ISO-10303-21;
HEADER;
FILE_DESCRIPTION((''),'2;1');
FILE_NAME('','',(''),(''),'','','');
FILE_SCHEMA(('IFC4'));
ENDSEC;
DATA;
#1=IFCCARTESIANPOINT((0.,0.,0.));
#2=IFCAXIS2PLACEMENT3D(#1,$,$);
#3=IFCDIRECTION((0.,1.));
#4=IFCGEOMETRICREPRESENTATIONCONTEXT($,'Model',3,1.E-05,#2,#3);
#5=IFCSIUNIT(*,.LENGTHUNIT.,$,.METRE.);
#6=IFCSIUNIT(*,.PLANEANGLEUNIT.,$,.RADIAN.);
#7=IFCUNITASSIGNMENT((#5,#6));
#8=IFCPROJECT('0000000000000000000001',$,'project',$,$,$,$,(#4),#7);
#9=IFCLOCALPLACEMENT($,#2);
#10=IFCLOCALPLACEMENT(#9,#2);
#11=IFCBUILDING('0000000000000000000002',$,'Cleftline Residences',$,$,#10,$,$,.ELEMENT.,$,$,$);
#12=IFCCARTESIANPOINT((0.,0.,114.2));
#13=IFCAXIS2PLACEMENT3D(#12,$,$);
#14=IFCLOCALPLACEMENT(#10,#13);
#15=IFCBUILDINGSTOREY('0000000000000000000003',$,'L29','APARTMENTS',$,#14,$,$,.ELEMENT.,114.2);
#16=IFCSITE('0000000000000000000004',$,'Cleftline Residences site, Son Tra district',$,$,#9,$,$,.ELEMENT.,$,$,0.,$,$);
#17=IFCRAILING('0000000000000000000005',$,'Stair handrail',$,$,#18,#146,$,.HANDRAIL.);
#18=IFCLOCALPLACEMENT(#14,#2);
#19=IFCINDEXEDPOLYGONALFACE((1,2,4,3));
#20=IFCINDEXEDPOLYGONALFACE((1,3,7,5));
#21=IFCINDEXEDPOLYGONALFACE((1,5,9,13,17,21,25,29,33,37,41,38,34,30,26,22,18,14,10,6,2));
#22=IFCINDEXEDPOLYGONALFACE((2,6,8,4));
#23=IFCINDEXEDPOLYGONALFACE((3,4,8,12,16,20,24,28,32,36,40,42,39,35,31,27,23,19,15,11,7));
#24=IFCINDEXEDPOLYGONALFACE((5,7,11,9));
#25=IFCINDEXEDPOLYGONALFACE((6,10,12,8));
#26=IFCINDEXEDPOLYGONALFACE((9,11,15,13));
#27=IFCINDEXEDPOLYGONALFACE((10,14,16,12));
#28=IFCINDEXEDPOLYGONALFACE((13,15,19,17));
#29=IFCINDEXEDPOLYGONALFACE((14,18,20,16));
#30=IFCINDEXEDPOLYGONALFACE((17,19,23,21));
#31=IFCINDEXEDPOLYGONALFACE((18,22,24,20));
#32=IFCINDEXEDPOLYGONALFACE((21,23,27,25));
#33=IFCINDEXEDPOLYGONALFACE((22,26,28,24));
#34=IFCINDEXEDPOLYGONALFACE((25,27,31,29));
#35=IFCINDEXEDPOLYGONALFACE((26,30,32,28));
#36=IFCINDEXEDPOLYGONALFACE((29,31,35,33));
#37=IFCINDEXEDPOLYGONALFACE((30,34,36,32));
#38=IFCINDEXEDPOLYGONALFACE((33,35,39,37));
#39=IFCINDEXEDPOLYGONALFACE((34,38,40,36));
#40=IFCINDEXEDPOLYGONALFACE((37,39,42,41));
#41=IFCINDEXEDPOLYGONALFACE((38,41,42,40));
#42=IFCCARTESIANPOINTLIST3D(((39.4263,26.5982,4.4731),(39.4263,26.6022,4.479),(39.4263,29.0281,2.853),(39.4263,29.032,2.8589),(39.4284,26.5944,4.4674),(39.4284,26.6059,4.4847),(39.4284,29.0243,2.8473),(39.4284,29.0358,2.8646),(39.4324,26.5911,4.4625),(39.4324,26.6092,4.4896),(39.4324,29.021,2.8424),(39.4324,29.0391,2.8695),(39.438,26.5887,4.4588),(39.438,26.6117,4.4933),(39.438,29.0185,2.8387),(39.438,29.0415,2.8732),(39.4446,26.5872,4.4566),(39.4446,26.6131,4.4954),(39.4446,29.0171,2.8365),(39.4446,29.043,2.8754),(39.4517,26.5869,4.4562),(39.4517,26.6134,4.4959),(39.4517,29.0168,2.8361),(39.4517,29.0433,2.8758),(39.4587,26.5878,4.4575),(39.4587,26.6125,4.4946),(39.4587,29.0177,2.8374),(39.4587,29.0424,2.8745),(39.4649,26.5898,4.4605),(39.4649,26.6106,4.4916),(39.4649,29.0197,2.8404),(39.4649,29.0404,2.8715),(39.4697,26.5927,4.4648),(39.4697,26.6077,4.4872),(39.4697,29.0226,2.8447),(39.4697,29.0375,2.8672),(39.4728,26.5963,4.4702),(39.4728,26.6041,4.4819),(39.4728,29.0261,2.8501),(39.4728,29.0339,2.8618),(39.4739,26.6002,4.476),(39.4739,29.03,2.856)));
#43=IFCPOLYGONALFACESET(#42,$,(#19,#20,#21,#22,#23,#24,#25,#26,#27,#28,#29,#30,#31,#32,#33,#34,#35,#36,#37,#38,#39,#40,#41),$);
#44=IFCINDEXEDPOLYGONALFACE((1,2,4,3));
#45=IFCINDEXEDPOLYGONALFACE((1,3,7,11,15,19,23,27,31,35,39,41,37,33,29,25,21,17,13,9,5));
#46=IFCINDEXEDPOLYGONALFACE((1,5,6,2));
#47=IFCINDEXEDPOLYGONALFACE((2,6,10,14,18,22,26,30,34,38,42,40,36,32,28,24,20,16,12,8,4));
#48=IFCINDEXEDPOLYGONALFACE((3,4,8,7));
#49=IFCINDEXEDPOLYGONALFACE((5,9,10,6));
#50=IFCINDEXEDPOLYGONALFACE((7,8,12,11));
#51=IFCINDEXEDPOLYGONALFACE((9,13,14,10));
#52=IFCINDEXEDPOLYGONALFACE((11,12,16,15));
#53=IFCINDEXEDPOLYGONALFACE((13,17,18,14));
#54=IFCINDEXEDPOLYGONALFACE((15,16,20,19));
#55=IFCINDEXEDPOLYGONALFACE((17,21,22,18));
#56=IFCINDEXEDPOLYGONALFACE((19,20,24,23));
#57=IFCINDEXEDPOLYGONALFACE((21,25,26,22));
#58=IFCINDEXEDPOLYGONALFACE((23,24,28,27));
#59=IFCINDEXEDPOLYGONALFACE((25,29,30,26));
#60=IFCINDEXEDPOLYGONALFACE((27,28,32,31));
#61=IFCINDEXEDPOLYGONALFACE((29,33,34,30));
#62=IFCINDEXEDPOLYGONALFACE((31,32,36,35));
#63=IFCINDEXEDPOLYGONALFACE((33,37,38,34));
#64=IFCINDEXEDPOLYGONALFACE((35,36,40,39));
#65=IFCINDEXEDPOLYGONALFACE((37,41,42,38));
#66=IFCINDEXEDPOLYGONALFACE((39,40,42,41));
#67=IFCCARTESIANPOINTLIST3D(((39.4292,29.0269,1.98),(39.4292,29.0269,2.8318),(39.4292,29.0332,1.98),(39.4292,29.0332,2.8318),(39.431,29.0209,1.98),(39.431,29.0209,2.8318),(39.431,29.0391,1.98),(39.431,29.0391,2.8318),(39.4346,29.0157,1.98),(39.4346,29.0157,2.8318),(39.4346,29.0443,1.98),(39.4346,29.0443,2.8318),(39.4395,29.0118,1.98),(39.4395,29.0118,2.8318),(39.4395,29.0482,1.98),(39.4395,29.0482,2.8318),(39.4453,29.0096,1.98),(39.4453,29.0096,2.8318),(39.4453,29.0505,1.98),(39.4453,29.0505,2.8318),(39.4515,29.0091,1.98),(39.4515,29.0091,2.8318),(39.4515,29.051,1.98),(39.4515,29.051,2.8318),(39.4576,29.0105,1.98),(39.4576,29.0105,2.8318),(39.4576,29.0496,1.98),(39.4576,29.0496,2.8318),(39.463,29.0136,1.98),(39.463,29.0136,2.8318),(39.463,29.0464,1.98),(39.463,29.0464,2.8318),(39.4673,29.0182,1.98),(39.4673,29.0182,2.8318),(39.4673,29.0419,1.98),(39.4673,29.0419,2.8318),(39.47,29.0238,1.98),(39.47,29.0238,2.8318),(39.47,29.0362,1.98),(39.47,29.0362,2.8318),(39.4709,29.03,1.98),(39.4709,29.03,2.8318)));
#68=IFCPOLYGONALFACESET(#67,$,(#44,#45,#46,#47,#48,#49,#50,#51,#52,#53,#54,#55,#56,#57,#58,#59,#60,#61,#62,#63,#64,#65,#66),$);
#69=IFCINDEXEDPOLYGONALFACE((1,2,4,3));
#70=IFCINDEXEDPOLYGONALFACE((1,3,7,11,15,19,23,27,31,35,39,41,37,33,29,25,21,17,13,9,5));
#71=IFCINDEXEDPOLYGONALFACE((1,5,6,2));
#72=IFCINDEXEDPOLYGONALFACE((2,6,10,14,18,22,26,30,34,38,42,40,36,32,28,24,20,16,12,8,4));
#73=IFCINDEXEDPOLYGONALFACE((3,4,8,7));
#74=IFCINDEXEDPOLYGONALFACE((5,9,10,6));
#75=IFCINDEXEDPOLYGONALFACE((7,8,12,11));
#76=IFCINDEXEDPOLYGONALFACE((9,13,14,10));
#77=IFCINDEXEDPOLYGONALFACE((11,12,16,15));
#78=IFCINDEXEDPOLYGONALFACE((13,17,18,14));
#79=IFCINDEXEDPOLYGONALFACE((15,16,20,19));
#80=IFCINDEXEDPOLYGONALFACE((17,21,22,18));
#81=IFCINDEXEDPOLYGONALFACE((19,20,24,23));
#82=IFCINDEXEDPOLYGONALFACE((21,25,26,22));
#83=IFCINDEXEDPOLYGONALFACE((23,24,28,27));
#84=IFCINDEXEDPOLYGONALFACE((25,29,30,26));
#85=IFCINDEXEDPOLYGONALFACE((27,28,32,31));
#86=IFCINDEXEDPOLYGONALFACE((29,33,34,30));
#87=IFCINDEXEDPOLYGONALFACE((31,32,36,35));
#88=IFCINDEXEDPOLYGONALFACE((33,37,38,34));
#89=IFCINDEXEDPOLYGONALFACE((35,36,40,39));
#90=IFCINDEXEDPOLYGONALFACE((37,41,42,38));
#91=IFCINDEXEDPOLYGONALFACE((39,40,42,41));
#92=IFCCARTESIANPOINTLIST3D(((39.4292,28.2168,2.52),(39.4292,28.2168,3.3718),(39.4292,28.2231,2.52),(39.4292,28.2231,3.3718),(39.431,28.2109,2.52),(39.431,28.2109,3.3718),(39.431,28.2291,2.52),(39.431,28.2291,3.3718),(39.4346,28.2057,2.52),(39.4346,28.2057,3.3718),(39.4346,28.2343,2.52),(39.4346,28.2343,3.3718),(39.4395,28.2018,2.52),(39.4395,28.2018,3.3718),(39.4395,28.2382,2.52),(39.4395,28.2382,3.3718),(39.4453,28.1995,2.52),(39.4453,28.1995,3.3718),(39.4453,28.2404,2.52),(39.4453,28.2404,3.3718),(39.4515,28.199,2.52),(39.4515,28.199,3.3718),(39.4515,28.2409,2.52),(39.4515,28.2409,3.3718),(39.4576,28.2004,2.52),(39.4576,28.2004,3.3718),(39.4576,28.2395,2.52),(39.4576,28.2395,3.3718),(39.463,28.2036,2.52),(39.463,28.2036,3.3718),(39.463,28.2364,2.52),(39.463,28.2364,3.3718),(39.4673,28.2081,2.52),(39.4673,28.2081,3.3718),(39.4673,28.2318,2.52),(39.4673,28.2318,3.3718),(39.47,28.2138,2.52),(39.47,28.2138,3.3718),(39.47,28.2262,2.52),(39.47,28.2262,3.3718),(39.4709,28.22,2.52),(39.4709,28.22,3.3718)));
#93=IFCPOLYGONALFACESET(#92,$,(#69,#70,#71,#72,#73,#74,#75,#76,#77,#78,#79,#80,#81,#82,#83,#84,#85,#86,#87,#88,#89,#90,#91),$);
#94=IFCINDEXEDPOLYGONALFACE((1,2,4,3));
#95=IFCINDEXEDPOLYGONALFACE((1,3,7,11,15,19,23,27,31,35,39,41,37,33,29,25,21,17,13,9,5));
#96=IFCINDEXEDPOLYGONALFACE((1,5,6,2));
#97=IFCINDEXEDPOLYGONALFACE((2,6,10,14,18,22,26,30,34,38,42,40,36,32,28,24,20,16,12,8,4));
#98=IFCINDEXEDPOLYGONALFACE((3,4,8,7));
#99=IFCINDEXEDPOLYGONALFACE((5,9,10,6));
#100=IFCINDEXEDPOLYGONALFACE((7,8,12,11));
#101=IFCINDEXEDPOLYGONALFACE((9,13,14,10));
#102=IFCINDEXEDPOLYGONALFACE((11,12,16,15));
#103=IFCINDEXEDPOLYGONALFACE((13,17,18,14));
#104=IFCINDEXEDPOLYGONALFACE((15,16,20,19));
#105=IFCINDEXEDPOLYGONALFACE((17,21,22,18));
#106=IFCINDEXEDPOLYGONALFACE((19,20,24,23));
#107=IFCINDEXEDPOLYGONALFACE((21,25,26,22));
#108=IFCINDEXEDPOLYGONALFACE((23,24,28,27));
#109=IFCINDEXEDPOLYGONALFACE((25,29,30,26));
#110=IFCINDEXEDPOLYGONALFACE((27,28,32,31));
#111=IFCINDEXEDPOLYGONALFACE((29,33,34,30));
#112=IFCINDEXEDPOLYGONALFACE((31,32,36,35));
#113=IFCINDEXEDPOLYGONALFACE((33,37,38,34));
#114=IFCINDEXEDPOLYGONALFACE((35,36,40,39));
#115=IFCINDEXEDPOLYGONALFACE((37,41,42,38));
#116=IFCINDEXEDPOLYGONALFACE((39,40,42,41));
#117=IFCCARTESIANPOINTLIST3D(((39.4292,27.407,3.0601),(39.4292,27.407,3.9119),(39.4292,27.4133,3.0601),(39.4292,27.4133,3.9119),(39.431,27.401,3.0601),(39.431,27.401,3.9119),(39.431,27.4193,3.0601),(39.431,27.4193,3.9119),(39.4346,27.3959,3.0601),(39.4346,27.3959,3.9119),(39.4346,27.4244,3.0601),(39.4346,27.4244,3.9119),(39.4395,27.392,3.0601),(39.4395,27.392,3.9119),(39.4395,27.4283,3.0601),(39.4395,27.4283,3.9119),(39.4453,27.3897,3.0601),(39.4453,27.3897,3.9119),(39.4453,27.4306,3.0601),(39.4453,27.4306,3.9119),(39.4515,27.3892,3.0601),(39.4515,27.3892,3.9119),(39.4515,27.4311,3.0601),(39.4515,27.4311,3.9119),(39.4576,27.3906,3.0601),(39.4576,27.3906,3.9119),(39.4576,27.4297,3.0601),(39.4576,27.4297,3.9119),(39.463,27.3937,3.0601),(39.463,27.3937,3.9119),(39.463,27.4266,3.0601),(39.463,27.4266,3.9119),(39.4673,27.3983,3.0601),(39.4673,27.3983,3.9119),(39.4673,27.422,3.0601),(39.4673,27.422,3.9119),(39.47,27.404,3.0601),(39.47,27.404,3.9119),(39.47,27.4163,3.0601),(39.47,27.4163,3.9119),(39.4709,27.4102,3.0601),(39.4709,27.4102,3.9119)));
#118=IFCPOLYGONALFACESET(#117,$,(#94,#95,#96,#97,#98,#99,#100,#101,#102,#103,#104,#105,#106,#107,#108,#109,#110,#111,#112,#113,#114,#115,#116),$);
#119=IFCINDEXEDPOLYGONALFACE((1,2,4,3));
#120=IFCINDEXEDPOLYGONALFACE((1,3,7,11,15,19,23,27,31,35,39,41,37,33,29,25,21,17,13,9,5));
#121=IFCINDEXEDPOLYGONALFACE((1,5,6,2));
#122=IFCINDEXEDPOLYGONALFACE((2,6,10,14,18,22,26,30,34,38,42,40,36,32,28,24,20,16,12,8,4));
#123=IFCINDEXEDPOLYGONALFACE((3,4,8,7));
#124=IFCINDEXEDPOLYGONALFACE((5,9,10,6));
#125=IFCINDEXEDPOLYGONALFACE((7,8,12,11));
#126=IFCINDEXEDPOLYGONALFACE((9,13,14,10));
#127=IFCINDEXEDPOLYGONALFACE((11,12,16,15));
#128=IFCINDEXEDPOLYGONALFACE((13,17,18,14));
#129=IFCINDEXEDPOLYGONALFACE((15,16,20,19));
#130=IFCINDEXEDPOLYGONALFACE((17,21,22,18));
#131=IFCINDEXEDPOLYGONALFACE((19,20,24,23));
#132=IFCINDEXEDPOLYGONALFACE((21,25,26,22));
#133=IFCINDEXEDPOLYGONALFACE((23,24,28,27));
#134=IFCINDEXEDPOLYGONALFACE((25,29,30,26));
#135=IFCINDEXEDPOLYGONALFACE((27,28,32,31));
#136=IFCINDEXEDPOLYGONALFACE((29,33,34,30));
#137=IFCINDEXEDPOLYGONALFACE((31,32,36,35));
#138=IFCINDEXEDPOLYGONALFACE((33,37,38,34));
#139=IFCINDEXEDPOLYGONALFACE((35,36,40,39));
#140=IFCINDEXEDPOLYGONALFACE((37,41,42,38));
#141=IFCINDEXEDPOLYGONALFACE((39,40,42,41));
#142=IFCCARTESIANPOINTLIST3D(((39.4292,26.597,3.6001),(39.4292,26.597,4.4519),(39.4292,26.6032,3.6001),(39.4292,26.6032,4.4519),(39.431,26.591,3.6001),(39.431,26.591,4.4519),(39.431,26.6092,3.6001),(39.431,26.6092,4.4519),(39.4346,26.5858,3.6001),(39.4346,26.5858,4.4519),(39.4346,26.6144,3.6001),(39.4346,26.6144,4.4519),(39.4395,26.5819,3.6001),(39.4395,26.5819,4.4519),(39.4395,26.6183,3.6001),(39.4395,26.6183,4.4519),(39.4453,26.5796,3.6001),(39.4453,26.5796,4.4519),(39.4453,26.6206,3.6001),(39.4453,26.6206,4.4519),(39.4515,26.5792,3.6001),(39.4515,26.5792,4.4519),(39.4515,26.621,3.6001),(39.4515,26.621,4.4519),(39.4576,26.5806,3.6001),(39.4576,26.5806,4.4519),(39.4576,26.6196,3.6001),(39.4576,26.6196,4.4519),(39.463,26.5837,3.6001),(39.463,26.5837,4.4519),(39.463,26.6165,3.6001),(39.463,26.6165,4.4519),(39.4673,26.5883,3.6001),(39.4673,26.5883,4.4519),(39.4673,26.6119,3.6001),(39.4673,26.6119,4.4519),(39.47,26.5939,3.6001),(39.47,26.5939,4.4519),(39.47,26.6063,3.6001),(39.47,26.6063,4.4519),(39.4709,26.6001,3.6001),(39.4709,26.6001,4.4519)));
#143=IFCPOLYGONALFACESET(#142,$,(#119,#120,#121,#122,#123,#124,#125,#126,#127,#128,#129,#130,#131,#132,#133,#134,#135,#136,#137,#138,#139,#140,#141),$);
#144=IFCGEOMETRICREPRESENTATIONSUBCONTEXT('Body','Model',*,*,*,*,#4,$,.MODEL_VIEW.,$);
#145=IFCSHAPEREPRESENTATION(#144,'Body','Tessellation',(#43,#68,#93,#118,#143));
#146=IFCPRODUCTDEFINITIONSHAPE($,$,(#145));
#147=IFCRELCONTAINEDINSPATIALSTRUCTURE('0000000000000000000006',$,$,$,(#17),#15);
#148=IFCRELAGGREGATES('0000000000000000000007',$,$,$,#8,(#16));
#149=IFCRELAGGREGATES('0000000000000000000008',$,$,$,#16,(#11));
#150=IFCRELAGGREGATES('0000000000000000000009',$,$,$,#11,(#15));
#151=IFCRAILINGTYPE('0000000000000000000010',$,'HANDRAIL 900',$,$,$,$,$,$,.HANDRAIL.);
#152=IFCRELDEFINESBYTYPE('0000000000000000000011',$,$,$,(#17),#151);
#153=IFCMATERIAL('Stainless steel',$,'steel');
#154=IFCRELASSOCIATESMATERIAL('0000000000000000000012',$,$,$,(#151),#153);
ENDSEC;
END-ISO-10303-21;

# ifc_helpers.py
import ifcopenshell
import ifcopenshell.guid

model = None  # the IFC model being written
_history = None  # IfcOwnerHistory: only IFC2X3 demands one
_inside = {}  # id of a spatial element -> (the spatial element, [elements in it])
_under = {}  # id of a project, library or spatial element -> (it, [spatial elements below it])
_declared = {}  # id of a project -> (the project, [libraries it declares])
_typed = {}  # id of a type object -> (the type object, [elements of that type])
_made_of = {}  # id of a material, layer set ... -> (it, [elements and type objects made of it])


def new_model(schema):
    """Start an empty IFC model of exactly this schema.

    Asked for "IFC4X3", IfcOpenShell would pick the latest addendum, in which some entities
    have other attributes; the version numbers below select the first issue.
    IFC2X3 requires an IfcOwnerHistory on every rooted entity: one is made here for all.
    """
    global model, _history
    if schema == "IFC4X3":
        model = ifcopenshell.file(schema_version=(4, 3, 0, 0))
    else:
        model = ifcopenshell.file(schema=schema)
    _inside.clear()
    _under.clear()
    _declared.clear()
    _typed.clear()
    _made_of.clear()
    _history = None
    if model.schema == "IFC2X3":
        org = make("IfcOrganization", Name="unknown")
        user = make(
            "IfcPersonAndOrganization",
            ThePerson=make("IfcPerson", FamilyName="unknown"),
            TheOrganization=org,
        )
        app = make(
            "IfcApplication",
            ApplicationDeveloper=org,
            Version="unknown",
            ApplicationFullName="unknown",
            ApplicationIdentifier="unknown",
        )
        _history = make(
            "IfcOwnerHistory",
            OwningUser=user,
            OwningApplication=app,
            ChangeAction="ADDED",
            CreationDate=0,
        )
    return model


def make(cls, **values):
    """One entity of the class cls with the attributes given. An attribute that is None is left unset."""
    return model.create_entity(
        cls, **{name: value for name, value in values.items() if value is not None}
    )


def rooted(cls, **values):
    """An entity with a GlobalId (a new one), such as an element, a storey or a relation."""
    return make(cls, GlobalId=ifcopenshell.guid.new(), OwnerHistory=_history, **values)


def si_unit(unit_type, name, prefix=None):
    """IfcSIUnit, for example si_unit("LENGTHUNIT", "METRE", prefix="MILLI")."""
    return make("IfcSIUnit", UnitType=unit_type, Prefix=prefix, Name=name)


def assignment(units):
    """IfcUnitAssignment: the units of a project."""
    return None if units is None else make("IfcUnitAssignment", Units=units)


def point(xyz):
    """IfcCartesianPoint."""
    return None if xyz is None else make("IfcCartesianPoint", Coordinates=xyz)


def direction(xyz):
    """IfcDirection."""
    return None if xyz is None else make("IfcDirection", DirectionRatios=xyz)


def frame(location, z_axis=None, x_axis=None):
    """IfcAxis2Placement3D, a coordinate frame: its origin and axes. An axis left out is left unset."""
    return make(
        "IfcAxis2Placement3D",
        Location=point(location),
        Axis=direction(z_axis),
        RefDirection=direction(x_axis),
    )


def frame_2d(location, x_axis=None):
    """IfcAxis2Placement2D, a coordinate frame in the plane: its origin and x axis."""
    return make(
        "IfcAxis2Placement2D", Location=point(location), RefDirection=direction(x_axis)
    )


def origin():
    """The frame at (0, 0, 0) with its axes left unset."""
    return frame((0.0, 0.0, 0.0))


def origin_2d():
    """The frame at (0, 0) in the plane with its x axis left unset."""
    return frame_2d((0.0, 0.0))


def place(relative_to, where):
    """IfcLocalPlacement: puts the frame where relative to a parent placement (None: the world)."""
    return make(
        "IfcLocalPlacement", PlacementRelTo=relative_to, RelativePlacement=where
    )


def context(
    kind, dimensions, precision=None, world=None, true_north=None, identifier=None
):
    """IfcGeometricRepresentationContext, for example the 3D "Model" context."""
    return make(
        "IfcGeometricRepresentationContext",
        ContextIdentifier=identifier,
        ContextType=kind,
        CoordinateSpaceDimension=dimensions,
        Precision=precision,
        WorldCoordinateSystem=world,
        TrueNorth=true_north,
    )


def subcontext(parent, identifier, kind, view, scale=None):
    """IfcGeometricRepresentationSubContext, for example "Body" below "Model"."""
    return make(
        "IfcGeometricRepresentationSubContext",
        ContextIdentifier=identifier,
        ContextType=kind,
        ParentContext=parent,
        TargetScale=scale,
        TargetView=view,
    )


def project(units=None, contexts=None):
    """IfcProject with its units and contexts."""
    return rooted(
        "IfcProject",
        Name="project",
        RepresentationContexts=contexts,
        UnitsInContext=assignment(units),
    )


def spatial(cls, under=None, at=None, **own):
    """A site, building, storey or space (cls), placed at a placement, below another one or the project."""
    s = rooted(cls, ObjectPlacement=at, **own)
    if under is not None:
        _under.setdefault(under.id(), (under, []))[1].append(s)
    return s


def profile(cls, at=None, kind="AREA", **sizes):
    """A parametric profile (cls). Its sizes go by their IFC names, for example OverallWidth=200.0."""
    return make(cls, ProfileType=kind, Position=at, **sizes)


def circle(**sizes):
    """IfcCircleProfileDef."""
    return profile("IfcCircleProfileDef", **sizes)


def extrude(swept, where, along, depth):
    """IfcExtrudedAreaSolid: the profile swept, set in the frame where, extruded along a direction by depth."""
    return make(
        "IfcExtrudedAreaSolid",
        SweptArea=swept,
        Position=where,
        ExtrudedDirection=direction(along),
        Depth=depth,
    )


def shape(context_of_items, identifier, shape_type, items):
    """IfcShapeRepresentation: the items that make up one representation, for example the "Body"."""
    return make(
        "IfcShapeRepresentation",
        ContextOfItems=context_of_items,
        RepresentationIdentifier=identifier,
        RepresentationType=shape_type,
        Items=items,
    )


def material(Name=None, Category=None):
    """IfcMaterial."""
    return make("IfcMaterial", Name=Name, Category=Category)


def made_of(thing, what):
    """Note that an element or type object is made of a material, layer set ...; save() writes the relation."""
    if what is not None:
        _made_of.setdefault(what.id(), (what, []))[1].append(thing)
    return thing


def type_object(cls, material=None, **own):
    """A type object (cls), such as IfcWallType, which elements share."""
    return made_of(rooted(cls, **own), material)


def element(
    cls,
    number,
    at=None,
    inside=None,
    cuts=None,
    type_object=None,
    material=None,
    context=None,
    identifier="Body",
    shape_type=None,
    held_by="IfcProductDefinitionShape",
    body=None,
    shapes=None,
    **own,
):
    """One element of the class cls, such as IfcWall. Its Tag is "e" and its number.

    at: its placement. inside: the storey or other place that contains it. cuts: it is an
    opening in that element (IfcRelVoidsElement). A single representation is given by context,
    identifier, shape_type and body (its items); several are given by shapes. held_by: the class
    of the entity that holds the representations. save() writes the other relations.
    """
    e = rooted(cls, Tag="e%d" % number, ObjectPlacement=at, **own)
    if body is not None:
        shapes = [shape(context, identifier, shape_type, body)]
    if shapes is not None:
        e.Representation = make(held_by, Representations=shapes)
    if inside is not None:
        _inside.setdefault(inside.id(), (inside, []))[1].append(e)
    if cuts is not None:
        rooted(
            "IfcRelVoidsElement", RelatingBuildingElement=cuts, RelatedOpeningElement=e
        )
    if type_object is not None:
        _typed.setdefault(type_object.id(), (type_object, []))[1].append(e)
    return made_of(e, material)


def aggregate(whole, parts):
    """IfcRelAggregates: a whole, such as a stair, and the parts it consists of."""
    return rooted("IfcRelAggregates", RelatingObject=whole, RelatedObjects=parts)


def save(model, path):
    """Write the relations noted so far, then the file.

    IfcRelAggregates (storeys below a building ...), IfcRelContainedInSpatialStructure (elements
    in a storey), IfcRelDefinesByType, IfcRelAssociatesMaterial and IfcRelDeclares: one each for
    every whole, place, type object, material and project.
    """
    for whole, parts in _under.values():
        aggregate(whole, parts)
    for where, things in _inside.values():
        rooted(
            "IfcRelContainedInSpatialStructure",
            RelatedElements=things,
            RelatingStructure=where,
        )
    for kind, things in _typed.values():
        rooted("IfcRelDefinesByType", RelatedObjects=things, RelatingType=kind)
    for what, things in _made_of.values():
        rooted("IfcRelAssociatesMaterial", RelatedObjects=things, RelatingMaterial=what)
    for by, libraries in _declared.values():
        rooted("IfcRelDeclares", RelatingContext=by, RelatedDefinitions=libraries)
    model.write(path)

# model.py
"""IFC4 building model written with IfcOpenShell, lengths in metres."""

from ifc_helpers import new_model, si_unit, direction, frame, origin, origin_2d, place, context, subcontext, project, spatial, circle, extrude, material, type_object, element, save


model = new_model("IFC4")

# Units and contexts
model_context = context("Model", 3, precision=1e-05, world=origin(), true_north=direction((0.0, 1.0)))
body_context = subcontext(model_context, "Body", "Model", "MODEL_VIEW")
ifc_project = project(units=[si_unit("LENGTHUNIT", "METRE"), si_unit("PLANEANGLEUNIT", "RADIAN")], contexts=[model_context])

# Site, building, storey
site_placement = place(None, origin())
site = spatial("IfcSite", under=ifc_project, at=site_placement, Name="Cleftline Residences site, Son Tra district", CompositionType="ELEMENT", RefElevation=0.0)
building_placement = place(site_placement, origin())
building = spatial("IfcBuilding", under=site, at=building_placement, Name="Cleftline Residences", CompositionType="ELEMENT")
storey_placement = place(building_placement, frame((0.0, 0.0, 114.2)))
storey = spatial("IfcBuildingStorey", under=building, at=storey_placement, Name="L29", Description="APARTMENTS", CompositionType="ELEMENT", Elevation=114.2)

# Railing
ifc_material_1 = material(Name="Stainless steel", Category="steel")
railing_type = type_object("IfcRailingType", Name="HANDRAIL 900", PredefinedType="HANDRAIL", material=ifc_material_1)
railing_1_placement = place(storey_placement, frame((39.45, 29.03, 1.98)))
element("IfcRailing", 1, at=railing_1_placement, inside=storey, type_object=railing_type, Name="Stair handrail", PredefinedType="HANDRAIL", context=body_context, shape_type="SweptSolid", body=[
    extrude(circle(Radius=0.0239, at=origin_2d()), frame((0.0, 0.0, 0.876), z_axis=(0.0, -0.832025, 0.554739), x_axis=(1.0, 0.0, 0.0)), (0.0, 0.0, 1.0), 2.9204),
    extrude(circle(Radius=0.021, at=origin_2d()), origin(), (0.0, 0.0, 1.0), 0.8518),
    extrude(circle(Radius=0.021, at=origin_2d()), frame((0.0, -0.8101, 0.54)), (0.0, 0.0, 1.0), 0.8518),
    extrude(circle(Radius=0.021, at=origin_2d()), frame((0.0, -1.6199, 1.0801)), (0.0, 0.0, 1.0), 0.8518),
    extrude(circle(Radius=0.021, at=origin_2d()), frame((0.0, -2.4299, 1.6201)), (0.0, 0.0, 1.0), 0.8518),
])

save(model, "model.ifc")
